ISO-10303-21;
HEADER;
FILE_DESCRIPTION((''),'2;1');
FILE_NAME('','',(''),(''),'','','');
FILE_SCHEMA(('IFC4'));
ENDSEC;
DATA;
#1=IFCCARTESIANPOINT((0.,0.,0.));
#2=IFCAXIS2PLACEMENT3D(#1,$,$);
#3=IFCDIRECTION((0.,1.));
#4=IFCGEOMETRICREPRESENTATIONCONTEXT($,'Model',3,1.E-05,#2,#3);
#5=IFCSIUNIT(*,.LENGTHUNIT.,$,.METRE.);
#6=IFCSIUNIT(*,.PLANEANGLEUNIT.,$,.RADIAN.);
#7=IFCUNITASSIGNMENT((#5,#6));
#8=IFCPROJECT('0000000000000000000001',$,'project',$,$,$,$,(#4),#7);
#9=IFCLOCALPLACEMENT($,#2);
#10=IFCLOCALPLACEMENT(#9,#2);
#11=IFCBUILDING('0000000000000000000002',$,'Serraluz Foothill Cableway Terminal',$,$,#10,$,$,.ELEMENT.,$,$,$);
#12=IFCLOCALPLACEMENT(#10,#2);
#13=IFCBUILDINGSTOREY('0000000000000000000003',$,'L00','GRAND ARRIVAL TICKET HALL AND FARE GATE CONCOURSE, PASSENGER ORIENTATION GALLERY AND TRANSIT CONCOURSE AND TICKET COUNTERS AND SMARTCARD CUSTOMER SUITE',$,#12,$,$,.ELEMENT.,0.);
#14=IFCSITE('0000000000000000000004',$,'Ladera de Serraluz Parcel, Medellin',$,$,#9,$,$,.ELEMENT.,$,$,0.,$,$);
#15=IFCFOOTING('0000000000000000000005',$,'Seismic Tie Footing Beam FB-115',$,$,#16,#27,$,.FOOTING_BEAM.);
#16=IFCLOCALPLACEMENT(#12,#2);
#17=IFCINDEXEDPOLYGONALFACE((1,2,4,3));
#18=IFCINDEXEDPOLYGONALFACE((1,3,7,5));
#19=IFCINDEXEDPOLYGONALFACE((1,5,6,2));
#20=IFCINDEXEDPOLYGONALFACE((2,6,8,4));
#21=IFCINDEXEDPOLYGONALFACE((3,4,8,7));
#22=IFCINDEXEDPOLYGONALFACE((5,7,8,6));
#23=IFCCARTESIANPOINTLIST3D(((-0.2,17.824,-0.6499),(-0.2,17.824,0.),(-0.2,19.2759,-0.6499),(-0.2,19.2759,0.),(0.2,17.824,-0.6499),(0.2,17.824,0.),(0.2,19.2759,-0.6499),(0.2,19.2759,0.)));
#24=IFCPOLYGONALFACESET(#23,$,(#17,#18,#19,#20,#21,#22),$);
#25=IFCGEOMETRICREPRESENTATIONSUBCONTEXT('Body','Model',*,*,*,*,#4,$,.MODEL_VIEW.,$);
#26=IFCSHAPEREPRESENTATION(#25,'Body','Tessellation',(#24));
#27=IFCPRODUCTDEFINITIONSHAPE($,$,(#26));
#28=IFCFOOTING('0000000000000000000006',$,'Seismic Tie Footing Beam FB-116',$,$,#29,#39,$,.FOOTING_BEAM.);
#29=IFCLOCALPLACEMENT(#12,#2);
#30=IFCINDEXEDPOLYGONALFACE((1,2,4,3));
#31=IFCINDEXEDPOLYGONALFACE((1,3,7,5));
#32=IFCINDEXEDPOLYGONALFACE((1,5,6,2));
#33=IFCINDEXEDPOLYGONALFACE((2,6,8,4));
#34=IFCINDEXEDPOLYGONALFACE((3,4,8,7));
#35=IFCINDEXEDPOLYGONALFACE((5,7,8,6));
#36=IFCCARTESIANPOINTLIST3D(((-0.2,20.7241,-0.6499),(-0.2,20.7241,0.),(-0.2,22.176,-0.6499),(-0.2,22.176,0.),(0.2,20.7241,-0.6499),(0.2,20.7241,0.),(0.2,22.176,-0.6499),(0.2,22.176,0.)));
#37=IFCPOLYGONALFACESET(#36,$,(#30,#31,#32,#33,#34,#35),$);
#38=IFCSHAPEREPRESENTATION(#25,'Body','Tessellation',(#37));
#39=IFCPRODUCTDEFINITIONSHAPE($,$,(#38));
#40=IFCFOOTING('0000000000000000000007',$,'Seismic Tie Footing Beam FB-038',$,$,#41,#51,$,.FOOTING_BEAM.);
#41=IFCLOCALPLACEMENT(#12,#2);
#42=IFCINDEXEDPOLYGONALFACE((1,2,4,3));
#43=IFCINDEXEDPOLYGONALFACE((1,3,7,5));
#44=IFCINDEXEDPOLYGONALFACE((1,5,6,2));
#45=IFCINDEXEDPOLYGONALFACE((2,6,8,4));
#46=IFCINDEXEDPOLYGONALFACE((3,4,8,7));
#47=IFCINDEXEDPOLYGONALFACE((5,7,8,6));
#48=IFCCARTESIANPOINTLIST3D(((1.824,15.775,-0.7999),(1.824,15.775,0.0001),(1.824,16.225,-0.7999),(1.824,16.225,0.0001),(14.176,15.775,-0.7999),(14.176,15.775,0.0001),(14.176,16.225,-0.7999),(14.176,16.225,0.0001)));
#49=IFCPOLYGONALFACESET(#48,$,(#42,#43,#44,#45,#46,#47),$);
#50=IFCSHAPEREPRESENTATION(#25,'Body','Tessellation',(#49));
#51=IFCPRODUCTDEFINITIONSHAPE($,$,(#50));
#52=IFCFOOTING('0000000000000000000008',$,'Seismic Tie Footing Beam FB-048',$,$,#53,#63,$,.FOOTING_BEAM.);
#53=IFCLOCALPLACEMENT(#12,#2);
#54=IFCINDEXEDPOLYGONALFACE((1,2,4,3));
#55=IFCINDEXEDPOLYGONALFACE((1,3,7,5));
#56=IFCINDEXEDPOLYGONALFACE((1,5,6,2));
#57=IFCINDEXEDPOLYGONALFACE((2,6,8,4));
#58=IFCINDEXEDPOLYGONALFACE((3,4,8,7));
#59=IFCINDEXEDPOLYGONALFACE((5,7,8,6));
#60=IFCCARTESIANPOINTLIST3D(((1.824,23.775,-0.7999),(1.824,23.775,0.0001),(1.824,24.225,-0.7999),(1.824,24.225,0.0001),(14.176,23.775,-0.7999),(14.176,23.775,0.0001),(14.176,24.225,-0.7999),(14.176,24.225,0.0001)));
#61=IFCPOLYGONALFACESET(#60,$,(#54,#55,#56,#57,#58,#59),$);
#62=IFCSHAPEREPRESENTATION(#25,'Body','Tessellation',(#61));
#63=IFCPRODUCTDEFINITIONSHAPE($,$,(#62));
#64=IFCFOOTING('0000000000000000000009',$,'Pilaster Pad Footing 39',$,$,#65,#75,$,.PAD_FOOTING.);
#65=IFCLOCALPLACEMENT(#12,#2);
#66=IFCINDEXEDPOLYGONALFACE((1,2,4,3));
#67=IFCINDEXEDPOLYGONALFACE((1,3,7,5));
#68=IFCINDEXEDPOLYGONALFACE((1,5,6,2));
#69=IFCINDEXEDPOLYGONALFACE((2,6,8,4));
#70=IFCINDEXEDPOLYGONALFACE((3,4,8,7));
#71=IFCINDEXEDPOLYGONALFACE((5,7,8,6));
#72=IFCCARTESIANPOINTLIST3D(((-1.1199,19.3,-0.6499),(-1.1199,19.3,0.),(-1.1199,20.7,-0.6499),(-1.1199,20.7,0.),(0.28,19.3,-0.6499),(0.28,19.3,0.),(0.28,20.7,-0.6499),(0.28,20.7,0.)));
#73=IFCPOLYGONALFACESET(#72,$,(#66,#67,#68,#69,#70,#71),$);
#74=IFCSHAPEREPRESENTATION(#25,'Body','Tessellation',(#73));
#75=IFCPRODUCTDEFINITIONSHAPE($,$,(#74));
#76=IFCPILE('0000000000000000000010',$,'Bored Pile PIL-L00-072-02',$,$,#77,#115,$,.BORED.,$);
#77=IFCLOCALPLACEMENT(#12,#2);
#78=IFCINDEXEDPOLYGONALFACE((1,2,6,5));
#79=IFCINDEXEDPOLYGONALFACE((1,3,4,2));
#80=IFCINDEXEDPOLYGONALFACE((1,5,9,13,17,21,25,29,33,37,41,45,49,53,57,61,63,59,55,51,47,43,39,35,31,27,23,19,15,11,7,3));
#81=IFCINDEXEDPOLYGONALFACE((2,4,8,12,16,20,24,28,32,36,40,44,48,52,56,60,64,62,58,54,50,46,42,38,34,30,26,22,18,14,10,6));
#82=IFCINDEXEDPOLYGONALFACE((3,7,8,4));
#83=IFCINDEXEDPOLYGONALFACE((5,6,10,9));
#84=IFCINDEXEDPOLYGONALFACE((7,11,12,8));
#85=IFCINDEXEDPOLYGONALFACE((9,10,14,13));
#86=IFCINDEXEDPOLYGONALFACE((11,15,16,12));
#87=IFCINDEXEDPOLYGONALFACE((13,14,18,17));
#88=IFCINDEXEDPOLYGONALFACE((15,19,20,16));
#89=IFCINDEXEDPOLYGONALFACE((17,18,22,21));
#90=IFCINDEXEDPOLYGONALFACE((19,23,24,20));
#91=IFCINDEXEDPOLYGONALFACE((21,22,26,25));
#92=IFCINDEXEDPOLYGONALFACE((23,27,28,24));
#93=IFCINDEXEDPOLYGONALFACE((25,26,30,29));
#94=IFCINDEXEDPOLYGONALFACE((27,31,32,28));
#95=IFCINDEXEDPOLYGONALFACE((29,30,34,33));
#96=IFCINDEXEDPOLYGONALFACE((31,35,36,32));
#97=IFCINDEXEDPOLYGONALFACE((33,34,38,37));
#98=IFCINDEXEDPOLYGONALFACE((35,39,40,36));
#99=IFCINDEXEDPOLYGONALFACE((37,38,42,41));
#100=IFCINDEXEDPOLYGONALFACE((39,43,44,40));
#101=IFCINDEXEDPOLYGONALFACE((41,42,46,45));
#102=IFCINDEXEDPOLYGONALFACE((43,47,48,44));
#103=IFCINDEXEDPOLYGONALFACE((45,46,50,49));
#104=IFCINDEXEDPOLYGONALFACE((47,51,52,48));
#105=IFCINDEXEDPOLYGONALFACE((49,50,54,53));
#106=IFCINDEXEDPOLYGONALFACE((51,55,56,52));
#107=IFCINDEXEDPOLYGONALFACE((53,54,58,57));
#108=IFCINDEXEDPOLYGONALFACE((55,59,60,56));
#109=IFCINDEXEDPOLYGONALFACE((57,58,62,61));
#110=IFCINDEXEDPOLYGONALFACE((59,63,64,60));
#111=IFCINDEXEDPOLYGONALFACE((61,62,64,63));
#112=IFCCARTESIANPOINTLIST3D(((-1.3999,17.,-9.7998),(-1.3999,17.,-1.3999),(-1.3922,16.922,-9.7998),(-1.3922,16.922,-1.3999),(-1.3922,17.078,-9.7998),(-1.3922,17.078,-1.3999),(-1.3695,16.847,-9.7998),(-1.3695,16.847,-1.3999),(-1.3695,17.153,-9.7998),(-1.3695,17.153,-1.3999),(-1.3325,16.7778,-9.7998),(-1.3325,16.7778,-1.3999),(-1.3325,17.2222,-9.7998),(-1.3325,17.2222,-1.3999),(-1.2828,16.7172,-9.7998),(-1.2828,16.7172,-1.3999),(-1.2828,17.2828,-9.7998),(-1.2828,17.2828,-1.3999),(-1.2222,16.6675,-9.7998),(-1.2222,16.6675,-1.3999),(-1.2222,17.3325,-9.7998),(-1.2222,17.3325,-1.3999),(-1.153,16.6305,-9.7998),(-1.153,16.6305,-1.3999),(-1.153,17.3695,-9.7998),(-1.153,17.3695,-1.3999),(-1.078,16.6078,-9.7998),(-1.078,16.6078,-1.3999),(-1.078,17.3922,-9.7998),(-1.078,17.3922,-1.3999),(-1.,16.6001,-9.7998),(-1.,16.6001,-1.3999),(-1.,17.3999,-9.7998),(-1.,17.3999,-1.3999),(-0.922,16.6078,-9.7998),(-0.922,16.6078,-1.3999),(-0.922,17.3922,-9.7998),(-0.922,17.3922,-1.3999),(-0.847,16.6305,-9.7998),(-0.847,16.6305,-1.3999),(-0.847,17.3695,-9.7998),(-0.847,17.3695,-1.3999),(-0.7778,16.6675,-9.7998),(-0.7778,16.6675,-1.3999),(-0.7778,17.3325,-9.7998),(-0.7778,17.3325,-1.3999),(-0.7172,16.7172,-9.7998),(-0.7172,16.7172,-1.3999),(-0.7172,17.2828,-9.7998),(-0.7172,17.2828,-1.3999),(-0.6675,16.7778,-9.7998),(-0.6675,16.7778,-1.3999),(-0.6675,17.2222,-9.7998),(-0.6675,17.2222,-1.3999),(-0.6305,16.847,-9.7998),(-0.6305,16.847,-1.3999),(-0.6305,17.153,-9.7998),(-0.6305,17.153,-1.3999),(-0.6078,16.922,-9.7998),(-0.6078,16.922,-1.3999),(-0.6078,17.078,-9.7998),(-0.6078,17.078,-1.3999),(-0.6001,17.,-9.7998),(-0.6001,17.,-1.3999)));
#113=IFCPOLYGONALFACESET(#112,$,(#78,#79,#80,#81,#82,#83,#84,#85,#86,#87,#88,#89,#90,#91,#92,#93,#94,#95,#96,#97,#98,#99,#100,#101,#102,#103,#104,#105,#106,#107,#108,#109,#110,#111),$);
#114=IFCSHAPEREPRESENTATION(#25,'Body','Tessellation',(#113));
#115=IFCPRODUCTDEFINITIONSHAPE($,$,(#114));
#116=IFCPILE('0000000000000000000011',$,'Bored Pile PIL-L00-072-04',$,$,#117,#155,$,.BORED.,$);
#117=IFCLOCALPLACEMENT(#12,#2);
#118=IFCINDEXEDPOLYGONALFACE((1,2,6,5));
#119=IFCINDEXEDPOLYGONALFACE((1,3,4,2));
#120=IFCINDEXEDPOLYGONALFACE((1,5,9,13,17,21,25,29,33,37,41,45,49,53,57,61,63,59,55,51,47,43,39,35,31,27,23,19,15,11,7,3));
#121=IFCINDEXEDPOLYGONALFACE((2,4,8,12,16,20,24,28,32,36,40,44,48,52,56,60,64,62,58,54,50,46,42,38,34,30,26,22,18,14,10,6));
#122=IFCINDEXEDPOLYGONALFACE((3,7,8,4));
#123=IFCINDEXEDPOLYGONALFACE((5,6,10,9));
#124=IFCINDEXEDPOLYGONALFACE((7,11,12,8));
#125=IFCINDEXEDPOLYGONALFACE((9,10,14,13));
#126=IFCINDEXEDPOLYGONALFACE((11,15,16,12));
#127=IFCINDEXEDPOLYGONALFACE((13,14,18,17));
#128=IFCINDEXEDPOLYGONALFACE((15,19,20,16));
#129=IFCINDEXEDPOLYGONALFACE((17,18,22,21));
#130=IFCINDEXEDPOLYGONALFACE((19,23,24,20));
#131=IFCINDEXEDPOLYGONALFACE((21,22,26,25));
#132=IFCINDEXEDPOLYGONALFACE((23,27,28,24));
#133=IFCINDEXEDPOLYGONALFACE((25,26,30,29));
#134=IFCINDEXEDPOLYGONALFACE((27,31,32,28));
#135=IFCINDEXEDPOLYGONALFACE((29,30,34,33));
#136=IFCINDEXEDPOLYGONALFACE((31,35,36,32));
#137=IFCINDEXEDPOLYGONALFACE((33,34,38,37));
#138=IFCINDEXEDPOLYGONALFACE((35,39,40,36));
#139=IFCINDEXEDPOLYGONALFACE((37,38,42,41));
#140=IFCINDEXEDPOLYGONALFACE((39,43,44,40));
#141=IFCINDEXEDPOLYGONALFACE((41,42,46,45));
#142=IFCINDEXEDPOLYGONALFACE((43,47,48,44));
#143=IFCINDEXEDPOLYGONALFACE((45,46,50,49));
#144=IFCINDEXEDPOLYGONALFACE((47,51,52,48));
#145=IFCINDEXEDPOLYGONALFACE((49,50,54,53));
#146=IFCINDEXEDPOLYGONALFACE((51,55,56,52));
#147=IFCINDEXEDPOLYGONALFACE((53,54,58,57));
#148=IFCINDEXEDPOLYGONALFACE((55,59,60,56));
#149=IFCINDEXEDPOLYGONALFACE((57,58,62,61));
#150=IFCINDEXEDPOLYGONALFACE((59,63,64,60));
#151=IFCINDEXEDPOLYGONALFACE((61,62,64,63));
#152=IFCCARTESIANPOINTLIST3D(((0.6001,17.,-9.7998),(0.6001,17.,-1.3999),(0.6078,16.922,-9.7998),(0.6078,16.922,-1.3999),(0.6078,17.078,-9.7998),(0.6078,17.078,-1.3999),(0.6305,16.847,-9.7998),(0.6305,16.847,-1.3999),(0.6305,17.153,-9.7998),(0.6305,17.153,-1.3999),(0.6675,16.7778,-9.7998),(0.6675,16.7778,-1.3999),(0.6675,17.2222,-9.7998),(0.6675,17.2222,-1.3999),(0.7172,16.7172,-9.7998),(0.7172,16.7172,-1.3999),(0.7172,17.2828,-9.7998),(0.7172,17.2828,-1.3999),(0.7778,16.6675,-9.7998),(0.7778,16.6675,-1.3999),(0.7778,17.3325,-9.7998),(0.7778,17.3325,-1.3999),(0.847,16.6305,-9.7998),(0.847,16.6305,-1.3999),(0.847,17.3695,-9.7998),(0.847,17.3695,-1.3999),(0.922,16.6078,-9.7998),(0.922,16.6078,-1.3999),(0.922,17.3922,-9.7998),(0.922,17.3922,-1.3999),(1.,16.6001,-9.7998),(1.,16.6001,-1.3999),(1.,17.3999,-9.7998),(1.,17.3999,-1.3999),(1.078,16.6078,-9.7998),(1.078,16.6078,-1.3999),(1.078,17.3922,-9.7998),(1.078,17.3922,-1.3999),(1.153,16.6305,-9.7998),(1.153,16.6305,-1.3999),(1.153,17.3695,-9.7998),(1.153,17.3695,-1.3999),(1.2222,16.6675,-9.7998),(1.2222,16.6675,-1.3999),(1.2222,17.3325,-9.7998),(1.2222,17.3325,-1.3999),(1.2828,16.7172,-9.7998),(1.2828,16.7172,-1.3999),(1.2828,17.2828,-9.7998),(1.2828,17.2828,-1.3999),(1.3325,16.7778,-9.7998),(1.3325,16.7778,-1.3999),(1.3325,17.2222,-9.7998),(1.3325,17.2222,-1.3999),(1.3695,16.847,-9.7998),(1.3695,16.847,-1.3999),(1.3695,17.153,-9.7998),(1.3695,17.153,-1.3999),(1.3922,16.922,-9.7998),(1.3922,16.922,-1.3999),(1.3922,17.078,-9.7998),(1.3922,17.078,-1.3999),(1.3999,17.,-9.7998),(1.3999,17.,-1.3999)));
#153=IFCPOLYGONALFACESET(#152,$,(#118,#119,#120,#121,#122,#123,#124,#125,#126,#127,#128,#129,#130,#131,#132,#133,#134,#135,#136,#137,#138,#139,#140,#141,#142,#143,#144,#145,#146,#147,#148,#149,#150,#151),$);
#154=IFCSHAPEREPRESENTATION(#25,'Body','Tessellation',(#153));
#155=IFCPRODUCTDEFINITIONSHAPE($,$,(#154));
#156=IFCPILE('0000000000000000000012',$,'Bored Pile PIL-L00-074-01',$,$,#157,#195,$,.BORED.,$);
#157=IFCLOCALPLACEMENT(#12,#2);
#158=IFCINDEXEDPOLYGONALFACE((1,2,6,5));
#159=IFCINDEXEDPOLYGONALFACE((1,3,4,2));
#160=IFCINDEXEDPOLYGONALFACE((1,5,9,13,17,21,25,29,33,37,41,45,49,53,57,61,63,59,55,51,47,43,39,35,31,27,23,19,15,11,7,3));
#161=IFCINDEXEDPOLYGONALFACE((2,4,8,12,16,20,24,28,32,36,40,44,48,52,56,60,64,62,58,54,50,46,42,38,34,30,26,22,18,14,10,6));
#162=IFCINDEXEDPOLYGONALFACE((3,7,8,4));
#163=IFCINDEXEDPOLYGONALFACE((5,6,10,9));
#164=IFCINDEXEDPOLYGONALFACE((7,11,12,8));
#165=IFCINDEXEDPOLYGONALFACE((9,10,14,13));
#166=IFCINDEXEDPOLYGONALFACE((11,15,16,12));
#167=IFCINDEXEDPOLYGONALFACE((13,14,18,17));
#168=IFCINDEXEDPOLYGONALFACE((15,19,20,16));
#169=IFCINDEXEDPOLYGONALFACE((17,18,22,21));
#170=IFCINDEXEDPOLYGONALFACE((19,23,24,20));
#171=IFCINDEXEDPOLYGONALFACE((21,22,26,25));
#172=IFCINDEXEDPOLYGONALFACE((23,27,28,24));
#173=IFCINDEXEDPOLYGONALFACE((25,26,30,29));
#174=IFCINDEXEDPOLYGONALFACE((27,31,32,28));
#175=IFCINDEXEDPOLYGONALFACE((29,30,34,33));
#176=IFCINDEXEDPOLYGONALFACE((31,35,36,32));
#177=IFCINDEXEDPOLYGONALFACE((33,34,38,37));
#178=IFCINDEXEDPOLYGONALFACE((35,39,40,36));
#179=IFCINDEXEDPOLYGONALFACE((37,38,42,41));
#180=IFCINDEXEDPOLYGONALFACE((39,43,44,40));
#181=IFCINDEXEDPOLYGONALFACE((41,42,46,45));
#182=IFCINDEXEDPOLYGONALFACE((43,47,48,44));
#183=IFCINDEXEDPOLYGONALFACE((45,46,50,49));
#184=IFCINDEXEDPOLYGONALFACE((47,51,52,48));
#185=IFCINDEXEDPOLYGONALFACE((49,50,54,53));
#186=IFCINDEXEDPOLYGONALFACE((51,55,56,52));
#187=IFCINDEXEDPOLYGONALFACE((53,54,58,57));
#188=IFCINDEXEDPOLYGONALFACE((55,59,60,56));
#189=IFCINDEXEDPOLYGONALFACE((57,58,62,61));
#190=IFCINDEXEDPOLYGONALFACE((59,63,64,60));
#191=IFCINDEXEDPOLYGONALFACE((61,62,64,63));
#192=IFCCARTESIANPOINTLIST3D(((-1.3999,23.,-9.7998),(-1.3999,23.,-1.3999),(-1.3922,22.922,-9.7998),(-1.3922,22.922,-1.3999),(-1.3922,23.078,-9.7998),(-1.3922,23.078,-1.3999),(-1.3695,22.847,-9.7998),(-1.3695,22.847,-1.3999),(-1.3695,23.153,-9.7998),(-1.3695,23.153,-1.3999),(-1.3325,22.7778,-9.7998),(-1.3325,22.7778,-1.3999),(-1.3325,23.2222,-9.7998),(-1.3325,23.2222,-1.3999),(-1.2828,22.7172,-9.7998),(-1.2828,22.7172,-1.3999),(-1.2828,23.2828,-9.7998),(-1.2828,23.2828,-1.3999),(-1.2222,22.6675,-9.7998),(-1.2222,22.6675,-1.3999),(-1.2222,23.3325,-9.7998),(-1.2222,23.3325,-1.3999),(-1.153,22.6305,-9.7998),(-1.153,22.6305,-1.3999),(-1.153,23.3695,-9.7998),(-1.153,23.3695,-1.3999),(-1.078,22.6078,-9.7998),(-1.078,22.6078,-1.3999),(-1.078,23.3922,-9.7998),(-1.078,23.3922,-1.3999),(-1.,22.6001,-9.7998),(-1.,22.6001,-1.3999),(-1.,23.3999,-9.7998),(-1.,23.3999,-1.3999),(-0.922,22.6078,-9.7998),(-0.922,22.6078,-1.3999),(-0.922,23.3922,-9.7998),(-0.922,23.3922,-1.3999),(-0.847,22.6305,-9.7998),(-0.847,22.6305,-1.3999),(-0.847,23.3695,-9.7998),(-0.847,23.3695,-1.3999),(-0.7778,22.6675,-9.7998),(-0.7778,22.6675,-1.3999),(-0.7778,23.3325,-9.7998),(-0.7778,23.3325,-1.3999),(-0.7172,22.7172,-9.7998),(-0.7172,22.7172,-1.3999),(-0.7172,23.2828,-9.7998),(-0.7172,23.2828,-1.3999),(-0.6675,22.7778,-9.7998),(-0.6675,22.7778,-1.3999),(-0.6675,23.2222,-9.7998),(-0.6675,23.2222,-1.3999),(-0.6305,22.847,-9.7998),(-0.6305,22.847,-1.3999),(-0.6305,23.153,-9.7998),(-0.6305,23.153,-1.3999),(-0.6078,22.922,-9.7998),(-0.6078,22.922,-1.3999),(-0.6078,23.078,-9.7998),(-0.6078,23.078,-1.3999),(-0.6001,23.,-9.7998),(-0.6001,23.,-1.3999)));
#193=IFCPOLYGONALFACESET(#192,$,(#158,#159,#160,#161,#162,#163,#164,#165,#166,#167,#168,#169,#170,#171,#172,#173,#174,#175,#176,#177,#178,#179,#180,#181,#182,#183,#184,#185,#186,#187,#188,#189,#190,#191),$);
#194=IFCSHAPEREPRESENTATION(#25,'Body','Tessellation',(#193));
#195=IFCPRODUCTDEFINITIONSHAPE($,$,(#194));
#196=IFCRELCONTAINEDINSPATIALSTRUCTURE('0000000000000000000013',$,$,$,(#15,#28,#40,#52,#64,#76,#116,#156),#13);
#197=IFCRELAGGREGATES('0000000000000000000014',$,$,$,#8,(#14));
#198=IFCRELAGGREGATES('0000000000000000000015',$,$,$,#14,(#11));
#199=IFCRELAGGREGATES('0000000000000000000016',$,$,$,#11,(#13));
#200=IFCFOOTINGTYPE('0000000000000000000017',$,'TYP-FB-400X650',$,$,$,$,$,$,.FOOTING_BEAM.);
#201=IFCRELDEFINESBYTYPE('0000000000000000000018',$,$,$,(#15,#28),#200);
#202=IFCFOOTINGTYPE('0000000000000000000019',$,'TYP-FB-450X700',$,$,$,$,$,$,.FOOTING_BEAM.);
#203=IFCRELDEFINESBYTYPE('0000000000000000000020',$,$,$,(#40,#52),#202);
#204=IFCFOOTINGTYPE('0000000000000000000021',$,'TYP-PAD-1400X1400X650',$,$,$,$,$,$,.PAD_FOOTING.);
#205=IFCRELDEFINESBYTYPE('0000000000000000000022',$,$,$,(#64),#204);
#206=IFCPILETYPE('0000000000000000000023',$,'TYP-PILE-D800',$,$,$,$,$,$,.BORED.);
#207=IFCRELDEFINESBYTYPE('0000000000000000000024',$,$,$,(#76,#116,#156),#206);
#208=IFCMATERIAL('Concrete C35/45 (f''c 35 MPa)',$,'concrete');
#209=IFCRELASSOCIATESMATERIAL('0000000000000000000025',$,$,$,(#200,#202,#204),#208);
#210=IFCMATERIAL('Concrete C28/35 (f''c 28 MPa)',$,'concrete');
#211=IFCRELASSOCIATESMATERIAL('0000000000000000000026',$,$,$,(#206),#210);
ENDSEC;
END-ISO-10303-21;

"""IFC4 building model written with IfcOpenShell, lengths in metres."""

from ifc_helpers import new_model, si_unit, direction, frame, origin, origin_2d, place, context, subcontext, project, spatial, rectangle, circle, extrude, material, material_profile, profile_set, type_object, element, save


model = new_model("IFC4")

# Units and contexts
model_context = context("Model", 3, precision=1e-05, world=origin(), true_north=direction((0.0, 1.0)))
body_context = subcontext(model_context, "Body", "Model", "MODEL_VIEW")
ifc_project = project(units=[si_unit("LENGTHUNIT", "METRE"), si_unit("PLANEANGLEUNIT", "RADIAN")], contexts=[model_context])

# Site, building, storey
site_placement = place(None, origin())
site = spatial("IfcSite", under=ifc_project, at=site_placement, Name="Ladera de Serraluz Parcel, Medellin", CompositionType="ELEMENT", RefElevation=0.0)
building_placement = place(site_placement, origin())
building = spatial("IfcBuilding", under=site, at=building_placement, Name="Serraluz Foothill Cableway Terminal", CompositionType="ELEMENT")
storey_placement = place(building_placement, origin())
storey = spatial("IfcBuildingStorey", under=building, at=storey_placement, Name="L00", Description="GRAND ARRIVAL TICKET HALL AND FARE GATE CONCOURSE, PASSENGER ORIENTATION GALLERY AND TRANSIT CONCOURSE AND TICKET COUNTERS AND SMARTCARD CUSTOMER SUITE", CompositionType="ELEMENT", Elevation=0.0)

# Footings
ifc_material_1 = material(Name="Concrete C35/45 (f'c 35 MPa)", Category="concrete")
ifc_material_profile_1 = material_profile(ifc_material_1, rectangle(XDim=0.3999, YDim=0.6499, at=origin_2d()), Name="RC 400x650")
ifc_profile_set_1 = profile_set([ifc_material_profile_1], Name="Concrete C35/45 (f'c 35 MPa)")
footing_type_1 = type_object("IfcFootingType", Name="TYP-FB-400X650", PredefinedType="FOOTING_BEAM", material=ifc_profile_set_1)
for number, where, z_axis, x_axis, name in (
    (1, (0.0, 17.824, -0.325), (0.0, 1.0, 0.0), (-1.0, 0.0, 0.0), "Seismic Tie Footing Beam FB-115"),
    (2, (0.0, 20.7241, -0.325), (0.0, 1.0, 0.0), (-1.0, 0.0, 0.0), "Seismic Tie Footing Beam FB-116"),
):
    element("IfcFooting", number, at=place(storey_placement, frame(where, z_axis=z_axis, x_axis=x_axis)), inside=storey, type_object=footing_type_1, Name=name, PredefinedType="FOOTING_BEAM", context=body_context, shape_type="SweptSolid", body=[
        extrude(rectangle(XDim=0.3999, YDim=0.6499, at=origin_2d()), origin(), (0.0, 0.0, 1.0), 1.4519),
    ])
ifc_material_profile_2 = material_profile(ifc_material_1, rectangle(XDim=0.45, YDim=0.8, at=origin_2d()), Name="RC 450x800")
ifc_profile_set_2 = profile_set([ifc_material_profile_2], Name="Concrete C35/45 (f'c 35 MPa)")
footing_type_2 = type_object("IfcFootingType", Name="TYP-FB-450X700", PredefinedType="FOOTING_BEAM", material=ifc_profile_set_2)
for number, where, z_axis, x_axis, name in (
    (3, (1.824, 16.0, -0.3999), (1.0, 0.0, 0.0), (0.0, 1.0, 0.0), "Seismic Tie Footing Beam FB-038"),
    (4, (1.824, 24.0, -0.3999), (1.0, 0.0, 0.0), (0.0, 1.0, 0.0), "Seismic Tie Footing Beam FB-048"),
):
    element("IfcFooting", number, at=place(storey_placement, frame(where, z_axis=z_axis, x_axis=x_axis)), inside=storey, type_object=footing_type_2, Name=name, PredefinedType="FOOTING_BEAM", context=body_context, shape_type="SweptSolid", body=[
        extrude(rectangle(XDim=0.45, YDim=0.8, at=origin_2d()), origin(), (0.0, 0.0, 1.0), 12.3521),
    ])
footing_type_3 = type_object("IfcFootingType", Name="TYP-PAD-1400X1400X650", PredefinedType="PAD_FOOTING", material=ifc_material_1)
footing_placement = place(storey_placement, frame((-0.4199, 20.0, -0.6499), z_axis=(0.0, 0.0, 1.0), x_axis=(1.0, 0.0, 0.0)))
element("IfcFooting", 5, at=footing_placement, inside=storey, type_object=footing_type_3, Name="Pilaster Pad Footing 39", PredefinedType="PAD_FOOTING", context=body_context, shape_type="SweptSolid", body=[
    extrude(rectangle(XDim=1.3999, YDim=1.3999, at=origin_2d()), origin(), (0.0, 0.0, 1.0), 0.6499),
])

# Piles
ifc_material_2 = material(Name="Concrete C28/35 (f'c 28 MPa)", Category="concrete")
ifc_material_profile_3 = material_profile(ifc_material_2, circle(Radius=0.3999, at=origin_2d()), Name="BORED PILE D800")
ifc_profile_set_3 = profile_set([ifc_material_profile_3], Name="Concrete C28/35 (f'c 28 MPa)")
pile_type = type_object("IfcPileType", Name="TYP-PILE-D800", PredefinedType="BORED", material=ifc_profile_set_3)
for number, where, z_axis, x_axis, name in (
    (6, (-1.0, 17.0, -1.3999), (0.0, 0.0, -1.0), (1.0, 0.0, 0.0), "Bored Pile PIL-L00-072-02"),
    (7, (1.0, 17.0, -1.3999), (0.0, 0.0, -1.0), (1.0, 0.0, 0.0), "Bored Pile PIL-L00-072-04"),
    (8, (-1.0, 23.0, -1.3999), (0.0, 0.0, -1.0), (1.0, 0.0, 0.0), "Bored Pile PIL-L00-074-01"),
):
    element("IfcPile", number, at=place(storey_placement, frame(where, z_axis=z_axis, x_axis=x_axis)), inside=storey, type_object=pile_type, Name=name, PredefinedType="BORED", context=body_context, shape_type="SweptSolid", body=[
        extrude(circle(Radius=0.3999, at=origin_2d()), origin(), (0.0, 0.0, 1.0), 8.3999),
    ])

save(model, "model.ifc")
